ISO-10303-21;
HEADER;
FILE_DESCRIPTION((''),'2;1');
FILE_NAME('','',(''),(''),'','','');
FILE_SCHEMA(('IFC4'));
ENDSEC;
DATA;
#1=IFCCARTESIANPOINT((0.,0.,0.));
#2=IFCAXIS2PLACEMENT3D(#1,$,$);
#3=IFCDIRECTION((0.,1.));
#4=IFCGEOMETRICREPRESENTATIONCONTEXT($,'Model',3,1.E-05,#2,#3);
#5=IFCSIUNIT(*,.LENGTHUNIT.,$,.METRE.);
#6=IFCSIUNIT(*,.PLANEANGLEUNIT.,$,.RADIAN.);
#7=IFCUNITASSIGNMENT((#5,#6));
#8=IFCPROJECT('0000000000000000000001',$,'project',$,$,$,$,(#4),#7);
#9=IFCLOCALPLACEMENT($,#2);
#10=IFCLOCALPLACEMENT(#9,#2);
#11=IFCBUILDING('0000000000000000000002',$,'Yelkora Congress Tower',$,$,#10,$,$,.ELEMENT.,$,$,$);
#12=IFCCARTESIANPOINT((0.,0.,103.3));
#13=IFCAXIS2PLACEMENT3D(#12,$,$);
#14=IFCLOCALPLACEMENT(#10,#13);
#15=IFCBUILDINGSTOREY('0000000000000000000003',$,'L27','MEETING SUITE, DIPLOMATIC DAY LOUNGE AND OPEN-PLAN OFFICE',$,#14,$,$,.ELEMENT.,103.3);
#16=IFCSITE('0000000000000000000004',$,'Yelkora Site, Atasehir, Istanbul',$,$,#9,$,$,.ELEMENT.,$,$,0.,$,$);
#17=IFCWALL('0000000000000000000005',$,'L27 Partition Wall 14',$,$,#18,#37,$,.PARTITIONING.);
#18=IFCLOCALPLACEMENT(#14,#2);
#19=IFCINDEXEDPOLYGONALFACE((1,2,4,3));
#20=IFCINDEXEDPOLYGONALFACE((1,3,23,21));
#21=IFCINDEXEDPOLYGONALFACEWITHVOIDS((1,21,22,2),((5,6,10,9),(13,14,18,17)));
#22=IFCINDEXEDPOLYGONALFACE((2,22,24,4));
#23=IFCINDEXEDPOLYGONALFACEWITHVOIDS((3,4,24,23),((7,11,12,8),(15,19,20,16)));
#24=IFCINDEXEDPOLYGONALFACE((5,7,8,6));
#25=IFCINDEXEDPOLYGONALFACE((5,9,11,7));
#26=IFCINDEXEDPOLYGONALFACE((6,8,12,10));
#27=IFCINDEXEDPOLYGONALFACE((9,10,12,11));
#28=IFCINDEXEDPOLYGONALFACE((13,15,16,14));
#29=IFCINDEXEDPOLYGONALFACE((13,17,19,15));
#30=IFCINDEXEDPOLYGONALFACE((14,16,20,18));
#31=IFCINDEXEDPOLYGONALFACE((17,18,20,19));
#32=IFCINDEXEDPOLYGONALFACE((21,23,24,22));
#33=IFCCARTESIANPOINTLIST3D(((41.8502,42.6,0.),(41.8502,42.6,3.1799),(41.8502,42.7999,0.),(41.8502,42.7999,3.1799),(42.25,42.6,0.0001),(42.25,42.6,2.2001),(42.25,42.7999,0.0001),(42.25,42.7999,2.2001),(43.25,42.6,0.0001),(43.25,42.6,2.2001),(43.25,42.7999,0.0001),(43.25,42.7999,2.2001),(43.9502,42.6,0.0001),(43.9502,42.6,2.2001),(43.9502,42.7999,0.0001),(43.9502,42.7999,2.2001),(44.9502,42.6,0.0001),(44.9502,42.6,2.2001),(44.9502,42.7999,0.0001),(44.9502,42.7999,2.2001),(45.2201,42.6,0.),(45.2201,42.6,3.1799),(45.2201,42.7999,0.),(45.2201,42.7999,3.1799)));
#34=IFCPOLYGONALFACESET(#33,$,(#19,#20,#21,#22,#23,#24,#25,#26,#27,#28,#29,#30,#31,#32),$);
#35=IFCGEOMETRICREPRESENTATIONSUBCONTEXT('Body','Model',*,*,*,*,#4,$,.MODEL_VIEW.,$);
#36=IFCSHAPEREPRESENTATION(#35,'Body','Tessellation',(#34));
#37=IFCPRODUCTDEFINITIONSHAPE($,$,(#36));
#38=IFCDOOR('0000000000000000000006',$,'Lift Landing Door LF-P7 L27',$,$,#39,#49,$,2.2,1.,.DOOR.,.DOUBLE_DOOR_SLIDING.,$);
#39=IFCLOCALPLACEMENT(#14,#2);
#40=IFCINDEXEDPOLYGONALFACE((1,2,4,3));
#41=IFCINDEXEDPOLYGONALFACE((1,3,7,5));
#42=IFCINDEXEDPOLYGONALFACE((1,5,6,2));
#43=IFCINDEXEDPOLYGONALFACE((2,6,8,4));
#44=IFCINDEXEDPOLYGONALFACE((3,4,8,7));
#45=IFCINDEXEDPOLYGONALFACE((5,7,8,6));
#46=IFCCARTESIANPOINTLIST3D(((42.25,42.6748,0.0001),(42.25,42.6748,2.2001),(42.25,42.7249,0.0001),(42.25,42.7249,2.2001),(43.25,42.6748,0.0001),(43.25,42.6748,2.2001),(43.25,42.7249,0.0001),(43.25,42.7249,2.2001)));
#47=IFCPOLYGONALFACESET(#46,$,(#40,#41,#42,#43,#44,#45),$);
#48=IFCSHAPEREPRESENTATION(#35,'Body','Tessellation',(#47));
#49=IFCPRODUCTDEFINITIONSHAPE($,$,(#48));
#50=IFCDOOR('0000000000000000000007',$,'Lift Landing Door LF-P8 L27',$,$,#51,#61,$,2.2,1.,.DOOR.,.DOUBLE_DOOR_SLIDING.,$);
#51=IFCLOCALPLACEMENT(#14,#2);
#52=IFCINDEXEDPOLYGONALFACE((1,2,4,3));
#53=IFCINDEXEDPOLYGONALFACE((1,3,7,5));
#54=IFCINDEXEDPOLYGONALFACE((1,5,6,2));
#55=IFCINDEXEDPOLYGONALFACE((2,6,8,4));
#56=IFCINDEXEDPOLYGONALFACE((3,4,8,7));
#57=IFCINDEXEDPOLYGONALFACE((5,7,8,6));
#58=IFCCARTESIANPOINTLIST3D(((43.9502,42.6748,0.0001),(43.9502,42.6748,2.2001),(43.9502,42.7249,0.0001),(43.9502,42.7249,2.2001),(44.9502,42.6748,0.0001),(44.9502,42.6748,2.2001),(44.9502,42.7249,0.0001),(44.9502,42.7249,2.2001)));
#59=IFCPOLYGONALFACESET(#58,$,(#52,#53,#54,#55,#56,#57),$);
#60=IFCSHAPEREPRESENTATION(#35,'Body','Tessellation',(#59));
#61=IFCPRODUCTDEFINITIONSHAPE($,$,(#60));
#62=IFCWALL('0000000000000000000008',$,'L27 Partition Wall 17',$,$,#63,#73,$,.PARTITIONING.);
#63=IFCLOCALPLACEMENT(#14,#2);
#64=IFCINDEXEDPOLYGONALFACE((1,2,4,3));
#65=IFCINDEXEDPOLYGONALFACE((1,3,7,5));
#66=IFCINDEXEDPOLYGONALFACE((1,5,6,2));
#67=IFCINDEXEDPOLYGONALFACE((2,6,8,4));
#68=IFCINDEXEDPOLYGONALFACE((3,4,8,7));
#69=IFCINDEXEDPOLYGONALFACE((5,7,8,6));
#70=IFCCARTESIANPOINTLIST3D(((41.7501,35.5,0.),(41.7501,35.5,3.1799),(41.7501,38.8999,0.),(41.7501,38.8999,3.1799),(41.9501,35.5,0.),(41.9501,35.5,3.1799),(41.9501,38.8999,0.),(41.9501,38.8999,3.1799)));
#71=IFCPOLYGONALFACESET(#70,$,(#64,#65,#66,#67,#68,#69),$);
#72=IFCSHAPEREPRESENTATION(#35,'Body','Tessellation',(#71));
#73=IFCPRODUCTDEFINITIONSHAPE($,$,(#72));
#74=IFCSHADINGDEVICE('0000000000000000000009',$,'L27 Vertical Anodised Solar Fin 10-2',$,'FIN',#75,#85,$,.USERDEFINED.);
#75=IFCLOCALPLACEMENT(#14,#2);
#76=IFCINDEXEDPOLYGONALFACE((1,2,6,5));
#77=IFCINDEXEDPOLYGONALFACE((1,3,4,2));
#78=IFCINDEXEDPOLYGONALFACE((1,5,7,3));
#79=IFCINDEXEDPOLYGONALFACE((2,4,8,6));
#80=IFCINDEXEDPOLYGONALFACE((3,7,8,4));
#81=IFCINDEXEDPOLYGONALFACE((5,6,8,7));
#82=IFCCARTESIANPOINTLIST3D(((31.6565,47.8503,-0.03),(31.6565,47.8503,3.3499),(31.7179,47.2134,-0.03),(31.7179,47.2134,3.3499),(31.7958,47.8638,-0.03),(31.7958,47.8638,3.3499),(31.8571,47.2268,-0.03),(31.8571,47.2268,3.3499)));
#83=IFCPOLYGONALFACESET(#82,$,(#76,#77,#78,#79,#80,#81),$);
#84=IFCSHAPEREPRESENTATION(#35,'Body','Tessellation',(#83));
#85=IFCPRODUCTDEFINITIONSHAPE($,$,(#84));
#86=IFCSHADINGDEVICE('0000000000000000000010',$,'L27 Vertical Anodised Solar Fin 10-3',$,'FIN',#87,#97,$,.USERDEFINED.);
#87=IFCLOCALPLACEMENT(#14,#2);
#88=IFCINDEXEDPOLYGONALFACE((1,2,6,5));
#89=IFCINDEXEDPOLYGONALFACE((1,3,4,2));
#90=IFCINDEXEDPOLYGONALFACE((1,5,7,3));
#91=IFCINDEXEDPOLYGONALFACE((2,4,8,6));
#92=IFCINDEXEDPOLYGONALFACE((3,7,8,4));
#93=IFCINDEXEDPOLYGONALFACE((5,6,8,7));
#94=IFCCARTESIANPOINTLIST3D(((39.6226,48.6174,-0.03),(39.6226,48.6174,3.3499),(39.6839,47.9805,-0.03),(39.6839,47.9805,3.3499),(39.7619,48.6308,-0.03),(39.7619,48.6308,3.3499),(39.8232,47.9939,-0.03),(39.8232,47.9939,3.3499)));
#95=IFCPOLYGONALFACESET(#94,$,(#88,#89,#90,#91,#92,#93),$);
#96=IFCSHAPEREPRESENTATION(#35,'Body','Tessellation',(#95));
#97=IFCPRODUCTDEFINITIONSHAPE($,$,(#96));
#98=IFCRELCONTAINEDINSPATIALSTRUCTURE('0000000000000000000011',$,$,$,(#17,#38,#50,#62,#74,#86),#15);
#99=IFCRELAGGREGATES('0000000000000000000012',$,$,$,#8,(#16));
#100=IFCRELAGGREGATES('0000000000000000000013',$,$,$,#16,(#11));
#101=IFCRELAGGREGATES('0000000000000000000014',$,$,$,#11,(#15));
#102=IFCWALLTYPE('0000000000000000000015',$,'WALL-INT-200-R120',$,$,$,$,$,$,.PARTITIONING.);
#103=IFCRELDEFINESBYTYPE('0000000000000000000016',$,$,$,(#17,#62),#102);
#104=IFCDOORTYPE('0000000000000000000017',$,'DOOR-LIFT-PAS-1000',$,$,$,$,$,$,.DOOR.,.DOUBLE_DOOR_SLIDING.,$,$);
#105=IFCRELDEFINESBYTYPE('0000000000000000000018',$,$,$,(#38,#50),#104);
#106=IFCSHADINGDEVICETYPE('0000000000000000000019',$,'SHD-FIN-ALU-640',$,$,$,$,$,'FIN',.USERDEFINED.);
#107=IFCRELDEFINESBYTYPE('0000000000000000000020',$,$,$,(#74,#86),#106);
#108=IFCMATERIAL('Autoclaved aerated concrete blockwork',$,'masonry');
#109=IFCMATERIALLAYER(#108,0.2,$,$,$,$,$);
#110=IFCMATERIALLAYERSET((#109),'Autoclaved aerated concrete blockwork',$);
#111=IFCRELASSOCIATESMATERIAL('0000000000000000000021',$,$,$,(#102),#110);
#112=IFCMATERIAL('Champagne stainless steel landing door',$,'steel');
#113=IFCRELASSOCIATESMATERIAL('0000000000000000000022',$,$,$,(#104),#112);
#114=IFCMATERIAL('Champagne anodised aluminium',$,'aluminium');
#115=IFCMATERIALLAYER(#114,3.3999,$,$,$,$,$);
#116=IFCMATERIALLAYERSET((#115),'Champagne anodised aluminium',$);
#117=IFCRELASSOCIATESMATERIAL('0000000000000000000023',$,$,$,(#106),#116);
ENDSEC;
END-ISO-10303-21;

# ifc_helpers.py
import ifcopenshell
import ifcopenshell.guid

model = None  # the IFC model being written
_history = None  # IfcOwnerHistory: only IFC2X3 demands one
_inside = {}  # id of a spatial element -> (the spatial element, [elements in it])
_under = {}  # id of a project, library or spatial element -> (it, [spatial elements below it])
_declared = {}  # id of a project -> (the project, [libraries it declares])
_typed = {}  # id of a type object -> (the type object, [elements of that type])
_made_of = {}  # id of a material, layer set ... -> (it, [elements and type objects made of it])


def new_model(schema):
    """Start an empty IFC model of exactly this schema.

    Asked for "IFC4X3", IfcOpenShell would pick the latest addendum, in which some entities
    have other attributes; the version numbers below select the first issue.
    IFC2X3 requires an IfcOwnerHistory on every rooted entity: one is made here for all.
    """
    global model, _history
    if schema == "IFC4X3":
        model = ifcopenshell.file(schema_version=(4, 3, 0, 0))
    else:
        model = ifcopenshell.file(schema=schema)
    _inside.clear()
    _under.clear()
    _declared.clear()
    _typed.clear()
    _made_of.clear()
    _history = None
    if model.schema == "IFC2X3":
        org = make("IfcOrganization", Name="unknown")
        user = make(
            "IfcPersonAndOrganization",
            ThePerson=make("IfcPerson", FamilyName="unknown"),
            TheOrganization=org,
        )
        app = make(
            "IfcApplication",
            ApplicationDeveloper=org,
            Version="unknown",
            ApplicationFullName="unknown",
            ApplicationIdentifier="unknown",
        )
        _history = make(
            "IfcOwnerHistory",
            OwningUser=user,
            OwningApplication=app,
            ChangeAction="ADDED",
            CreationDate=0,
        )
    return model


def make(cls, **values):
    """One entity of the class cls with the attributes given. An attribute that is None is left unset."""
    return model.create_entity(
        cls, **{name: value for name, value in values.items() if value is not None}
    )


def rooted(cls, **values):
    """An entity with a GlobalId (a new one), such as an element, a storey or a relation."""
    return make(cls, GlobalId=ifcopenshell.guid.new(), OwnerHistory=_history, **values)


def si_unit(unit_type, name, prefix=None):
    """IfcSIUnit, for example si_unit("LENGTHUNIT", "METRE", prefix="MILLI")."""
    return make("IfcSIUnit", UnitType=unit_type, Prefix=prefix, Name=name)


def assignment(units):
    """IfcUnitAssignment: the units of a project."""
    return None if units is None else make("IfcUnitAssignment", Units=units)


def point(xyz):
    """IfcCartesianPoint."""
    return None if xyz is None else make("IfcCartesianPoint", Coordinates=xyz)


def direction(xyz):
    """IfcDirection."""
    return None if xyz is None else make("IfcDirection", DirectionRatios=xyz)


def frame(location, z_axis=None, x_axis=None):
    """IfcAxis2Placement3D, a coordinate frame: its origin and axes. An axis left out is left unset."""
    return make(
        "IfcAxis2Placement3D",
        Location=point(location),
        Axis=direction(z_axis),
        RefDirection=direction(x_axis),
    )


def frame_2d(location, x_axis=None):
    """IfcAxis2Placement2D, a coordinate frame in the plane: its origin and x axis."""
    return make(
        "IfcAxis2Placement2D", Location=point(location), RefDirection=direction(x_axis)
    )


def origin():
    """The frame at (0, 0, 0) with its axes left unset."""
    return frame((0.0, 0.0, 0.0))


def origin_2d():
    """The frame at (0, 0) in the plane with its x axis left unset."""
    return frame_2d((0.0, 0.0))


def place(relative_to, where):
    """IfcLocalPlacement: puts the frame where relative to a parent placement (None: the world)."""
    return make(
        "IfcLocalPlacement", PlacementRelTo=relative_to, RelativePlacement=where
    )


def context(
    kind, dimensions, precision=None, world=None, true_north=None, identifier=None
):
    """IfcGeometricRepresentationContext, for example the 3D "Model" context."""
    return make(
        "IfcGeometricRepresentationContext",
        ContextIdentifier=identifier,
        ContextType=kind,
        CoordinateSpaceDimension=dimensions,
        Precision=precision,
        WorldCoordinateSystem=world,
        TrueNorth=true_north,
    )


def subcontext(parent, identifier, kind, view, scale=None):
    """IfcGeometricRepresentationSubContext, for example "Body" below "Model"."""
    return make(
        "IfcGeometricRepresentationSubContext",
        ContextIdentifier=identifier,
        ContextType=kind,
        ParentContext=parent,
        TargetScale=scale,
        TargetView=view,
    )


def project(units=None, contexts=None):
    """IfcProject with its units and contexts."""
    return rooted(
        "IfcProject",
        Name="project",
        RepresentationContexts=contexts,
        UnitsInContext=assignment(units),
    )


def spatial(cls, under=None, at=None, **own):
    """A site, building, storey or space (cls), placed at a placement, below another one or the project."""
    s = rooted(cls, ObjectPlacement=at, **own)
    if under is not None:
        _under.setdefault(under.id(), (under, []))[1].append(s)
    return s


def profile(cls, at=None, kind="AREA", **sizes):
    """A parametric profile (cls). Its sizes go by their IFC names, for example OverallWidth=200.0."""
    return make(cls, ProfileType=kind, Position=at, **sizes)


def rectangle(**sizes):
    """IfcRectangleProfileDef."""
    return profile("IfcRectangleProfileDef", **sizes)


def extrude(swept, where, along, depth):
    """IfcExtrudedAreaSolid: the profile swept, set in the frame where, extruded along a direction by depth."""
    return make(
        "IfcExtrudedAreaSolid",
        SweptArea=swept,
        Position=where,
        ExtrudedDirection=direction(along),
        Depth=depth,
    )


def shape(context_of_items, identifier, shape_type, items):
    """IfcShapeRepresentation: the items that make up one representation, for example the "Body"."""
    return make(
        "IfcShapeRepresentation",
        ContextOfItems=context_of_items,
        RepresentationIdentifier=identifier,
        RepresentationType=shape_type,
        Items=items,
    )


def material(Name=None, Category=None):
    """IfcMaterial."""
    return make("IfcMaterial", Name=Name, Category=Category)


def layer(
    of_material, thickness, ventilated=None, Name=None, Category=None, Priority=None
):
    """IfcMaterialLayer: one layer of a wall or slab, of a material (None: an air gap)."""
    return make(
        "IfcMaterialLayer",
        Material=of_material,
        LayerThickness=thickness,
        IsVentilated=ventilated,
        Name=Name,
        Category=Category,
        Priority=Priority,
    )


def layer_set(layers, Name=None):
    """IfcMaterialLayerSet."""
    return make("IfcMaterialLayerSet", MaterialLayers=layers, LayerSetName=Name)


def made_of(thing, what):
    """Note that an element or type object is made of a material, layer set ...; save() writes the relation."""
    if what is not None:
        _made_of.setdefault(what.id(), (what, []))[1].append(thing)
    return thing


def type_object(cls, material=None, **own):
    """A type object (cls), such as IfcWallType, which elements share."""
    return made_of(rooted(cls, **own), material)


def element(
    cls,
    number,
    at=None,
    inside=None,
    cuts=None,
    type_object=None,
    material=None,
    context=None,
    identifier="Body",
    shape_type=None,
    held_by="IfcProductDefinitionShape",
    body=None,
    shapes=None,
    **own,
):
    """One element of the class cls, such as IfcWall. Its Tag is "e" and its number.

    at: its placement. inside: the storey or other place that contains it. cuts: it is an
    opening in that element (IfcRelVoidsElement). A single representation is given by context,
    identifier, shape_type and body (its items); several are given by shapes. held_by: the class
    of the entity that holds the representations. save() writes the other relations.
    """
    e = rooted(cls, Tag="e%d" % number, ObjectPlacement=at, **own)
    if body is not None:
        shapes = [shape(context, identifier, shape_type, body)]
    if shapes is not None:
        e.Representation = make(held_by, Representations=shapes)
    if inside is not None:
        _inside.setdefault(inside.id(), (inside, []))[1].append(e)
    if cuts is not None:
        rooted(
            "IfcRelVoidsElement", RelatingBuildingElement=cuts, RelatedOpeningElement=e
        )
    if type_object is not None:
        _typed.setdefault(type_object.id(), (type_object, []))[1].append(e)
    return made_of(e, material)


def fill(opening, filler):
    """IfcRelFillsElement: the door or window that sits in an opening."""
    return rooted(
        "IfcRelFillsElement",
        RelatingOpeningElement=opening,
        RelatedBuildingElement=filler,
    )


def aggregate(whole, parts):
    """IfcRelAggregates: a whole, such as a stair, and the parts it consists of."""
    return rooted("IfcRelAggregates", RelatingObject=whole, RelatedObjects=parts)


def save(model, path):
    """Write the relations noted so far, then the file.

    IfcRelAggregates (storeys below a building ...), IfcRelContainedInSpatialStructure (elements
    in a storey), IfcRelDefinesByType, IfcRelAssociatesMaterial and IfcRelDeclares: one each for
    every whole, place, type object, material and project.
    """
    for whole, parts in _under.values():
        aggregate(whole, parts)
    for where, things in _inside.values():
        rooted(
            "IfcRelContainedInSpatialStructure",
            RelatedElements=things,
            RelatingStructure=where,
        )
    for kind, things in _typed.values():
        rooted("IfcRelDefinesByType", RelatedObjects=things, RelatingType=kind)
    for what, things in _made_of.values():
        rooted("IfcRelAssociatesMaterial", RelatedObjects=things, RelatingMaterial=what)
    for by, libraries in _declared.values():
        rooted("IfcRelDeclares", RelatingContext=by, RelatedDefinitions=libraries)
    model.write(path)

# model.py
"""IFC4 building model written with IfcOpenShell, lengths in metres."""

from ifc_helpers import new_model, si_unit, direction, frame, frame_2d, origin, origin_2d, place, context, subcontext, project, spatial, rectangle, extrude, material, layer, layer_set, type_object, element, fill, save


model = new_model("IFC4")

# Units and contexts
model_context = context("Model", 3, precision=1e-05, world=origin(), true_north=direction((0.0, 1.0)))
body_context = subcontext(model_context, "Body", "Model", "MODEL_VIEW")
ifc_project = project(units=[si_unit("LENGTHUNIT", "METRE"), si_unit("PLANEANGLEUNIT", "RADIAN")], contexts=[model_context])

# Site, building, storey
site_placement = place(None, origin())
site = spatial("IfcSite", under=ifc_project, at=site_placement, Name="Yelkora Site, Atasehir, Istanbul", CompositionType="ELEMENT", RefElevation=0.0)
building_placement = place(site_placement, origin())
building = spatial("IfcBuilding", under=site, at=building_placement, Name="Yelkora Congress Tower", CompositionType="ELEMENT")
storey_placement = place(building_placement, frame((0.0, 0.0, 103.3)))
storey = spatial("IfcBuildingStorey", under=building, at=storey_placement, Name="L27", Description="MEETING SUITE, DIPLOMATIC DAY LOUNGE AND OPEN-PLAN OFFICE", CompositionType="ELEMENT", Elevation=103.3)

# Shared definitions
ifc_material_1 = material(Name="Autoclaved aerated concrete blockwork", Category="masonry")
ifc_layer_1 = layer(ifc_material_1, 0.2)
ifc_layer_set_1 = layer_set([ifc_layer_1], Name="Autoclaved aerated concrete blockwork")
wall_type_1 = type_object("IfcWallType", Name="WALL-INT-200-R120", PredefinedType="PARTITIONING", material=ifc_layer_set_1)

# Wall, openings, doors
ifc_material_2 = material(Name="Champagne stainless steel landing door", Category="steel")
door_type_1 = type_object("IfcDoorType", Name="DOOR-LIFT-PAS-1000", OperationType="DOUBLE_DOOR_SLIDING", PredefinedType="DOOR", material=ifc_material_2)
wall_1_placement = place(storey_placement, frame((41.8501, 42.7, 0.0), z_axis=(0.0, 0.0, 1.0), x_axis=(1.0, 0.0, 0.0)))
wall_1 = element("IfcWall", 1, at=wall_1_placement, inside=storey, type_object=wall_type_1, Name="L27 Partition Wall 14", PredefinedType="PARTITIONING", context=body_context, shape_type="SweptSolid", body=[
    extrude(rectangle(XDim=3.3699, YDim=0.2, at=frame_2d((1.6851, 0.0))), origin(), (0.0, 0.0, 1.0), 3.1799),
])
opening_1_placement = place(wall_1_placement, frame((0.3999, 0.0, 0.0)))
opening_1 = element("IfcOpeningElement", 2, at=opening_1_placement, cuts=wall_1, PredefinedType="OPENING", context=body_context, shape_type="SweptSolid", body=[
    extrude(rectangle(XDim=1.0, YDim=2.2, at=frame_2d((0.5, 1.1001))), frame((0.0, 0.1099, 0.0), z_axis=(0.0, -1.0, 0.0), x_axis=(1.0, 0.0, 0.0)), (0.0, 0.0, 1.0), 0.22),
])
opening_2_placement = place(wall_1_placement, frame((2.1001, 0.0, 0.0)))
opening_2 = element("IfcOpeningElement", 3, at=opening_2_placement, cuts=wall_1, PredefinedType="OPENING", context=body_context, shape_type="SweptSolid", body=[
    extrude(rectangle(XDim=1.0, YDim=2.2, at=frame_2d((0.5, 1.1001))), frame((0.0, 0.1099, 0.0), z_axis=(0.0, -1.0, 0.0), x_axis=(1.0, 0.0, 0.0)), (0.0, 0.0, 1.0), 0.22),
])
door_1_placement = place(opening_1_placement, origin())
door_1 = element("IfcDoor", 4, at=door_1_placement, inside=storey, type_object=door_type_1, Name="Lift Landing Door LF-P7 L27", OperationType="DOUBLE_DOOR_SLIDING", OverallHeight=2.2, OverallWidth=1.0, PredefinedType="DOOR", context=body_context, shape_type="SweptSolid", body=[
    extrude(rectangle(XDim=1.0, YDim=2.2, at=frame_2d((0.5, 1.1001))), frame((0.0, 0.0249, 0.0), z_axis=(0.0, -1.0, 0.0), x_axis=(1.0, 0.0, 0.0)), (0.0, 0.0, 1.0), 0.05),
])
fill(opening_1, door_1)
door_2_placement = place(opening_2_placement, origin())
door_2 = element("IfcDoor", 5, at=door_2_placement, inside=storey, type_object=door_type_1, Name="Lift Landing Door LF-P8 L27", OperationType="DOUBLE_DOOR_SLIDING", OverallHeight=2.2, OverallWidth=1.0, PredefinedType="DOOR", context=body_context, shape_type="SweptSolid", body=[
    extrude(rectangle(XDim=1.0, YDim=2.2, at=frame_2d((0.5, 1.1001))), frame((0.0, 0.0249, 0.0), z_axis=(0.0, -1.0, 0.0), x_axis=(1.0, 0.0, 0.0)), (0.0, 0.0, 1.0), 0.05),
])
fill(opening_2, door_2)

# Wall
wall_2_placement = place(storey_placement, frame((41.8501, 35.5, 0.0), z_axis=(0.0, 0.0, 1.0), x_axis=(0.0, 1.0, 0.0)))
element("IfcWall", 6, at=wall_2_placement, inside=storey, type_object=wall_type_1, Name="L27 Partition Wall 17", PredefinedType="PARTITIONING", context=body_context, shape_type="SweptSolid", body=[
    extrude(rectangle(XDim=3.3999, YDim=0.2, at=frame_2d((1.7, 0.0))), origin(), (0.0, 0.0, 1.0), 3.1799),
])

# Shading devices
ifc_material_3 = material(Name="Champagne anodised aluminium", Category="aluminium")
ifc_layer_2 = layer(ifc_material_3, 3.3999)
ifc_layer_set_2 = layer_set([ifc_layer_2], Name="Champagne anodised aluminium")
shading_device_type = type_object("IfcShadingDeviceType", Name="SHD-FIN-ALU-640", ElementType="FIN", PredefinedType="USERDEFINED", material=ifc_layer_set_2)
for number, where, z_axis, x_axis, name in (
    (7, (31.7568, 47.5386, -0.03), (0.0, 0.0, 1.0), (0.995396, 0.095846, 0.0), "L27 Vertical Anodised Solar Fin 10-2"),
    (8, (39.7229, 48.3057, -0.03), (0.0, 0.0, 1.0), (0.995396, 0.095846, 0.0), "L27 Vertical Anodised Solar Fin 10-3"),
):
    element("IfcShadingDevice", number, at=place(storey_placement, frame(where, z_axis=z_axis, x_axis=x_axis)), inside=storey, type_object=shading_device_type, Name=name, ObjectType="FIN", PredefinedType="USERDEFINED", context=body_context, shape_type="SweptSolid", body=[
        extrude(rectangle(XDim=0.1399, YDim=0.6399, at=origin_2d()), origin(), (0.0, 0.0, 1.0), 3.3799),
    ])

save(model, "model.ifc")
